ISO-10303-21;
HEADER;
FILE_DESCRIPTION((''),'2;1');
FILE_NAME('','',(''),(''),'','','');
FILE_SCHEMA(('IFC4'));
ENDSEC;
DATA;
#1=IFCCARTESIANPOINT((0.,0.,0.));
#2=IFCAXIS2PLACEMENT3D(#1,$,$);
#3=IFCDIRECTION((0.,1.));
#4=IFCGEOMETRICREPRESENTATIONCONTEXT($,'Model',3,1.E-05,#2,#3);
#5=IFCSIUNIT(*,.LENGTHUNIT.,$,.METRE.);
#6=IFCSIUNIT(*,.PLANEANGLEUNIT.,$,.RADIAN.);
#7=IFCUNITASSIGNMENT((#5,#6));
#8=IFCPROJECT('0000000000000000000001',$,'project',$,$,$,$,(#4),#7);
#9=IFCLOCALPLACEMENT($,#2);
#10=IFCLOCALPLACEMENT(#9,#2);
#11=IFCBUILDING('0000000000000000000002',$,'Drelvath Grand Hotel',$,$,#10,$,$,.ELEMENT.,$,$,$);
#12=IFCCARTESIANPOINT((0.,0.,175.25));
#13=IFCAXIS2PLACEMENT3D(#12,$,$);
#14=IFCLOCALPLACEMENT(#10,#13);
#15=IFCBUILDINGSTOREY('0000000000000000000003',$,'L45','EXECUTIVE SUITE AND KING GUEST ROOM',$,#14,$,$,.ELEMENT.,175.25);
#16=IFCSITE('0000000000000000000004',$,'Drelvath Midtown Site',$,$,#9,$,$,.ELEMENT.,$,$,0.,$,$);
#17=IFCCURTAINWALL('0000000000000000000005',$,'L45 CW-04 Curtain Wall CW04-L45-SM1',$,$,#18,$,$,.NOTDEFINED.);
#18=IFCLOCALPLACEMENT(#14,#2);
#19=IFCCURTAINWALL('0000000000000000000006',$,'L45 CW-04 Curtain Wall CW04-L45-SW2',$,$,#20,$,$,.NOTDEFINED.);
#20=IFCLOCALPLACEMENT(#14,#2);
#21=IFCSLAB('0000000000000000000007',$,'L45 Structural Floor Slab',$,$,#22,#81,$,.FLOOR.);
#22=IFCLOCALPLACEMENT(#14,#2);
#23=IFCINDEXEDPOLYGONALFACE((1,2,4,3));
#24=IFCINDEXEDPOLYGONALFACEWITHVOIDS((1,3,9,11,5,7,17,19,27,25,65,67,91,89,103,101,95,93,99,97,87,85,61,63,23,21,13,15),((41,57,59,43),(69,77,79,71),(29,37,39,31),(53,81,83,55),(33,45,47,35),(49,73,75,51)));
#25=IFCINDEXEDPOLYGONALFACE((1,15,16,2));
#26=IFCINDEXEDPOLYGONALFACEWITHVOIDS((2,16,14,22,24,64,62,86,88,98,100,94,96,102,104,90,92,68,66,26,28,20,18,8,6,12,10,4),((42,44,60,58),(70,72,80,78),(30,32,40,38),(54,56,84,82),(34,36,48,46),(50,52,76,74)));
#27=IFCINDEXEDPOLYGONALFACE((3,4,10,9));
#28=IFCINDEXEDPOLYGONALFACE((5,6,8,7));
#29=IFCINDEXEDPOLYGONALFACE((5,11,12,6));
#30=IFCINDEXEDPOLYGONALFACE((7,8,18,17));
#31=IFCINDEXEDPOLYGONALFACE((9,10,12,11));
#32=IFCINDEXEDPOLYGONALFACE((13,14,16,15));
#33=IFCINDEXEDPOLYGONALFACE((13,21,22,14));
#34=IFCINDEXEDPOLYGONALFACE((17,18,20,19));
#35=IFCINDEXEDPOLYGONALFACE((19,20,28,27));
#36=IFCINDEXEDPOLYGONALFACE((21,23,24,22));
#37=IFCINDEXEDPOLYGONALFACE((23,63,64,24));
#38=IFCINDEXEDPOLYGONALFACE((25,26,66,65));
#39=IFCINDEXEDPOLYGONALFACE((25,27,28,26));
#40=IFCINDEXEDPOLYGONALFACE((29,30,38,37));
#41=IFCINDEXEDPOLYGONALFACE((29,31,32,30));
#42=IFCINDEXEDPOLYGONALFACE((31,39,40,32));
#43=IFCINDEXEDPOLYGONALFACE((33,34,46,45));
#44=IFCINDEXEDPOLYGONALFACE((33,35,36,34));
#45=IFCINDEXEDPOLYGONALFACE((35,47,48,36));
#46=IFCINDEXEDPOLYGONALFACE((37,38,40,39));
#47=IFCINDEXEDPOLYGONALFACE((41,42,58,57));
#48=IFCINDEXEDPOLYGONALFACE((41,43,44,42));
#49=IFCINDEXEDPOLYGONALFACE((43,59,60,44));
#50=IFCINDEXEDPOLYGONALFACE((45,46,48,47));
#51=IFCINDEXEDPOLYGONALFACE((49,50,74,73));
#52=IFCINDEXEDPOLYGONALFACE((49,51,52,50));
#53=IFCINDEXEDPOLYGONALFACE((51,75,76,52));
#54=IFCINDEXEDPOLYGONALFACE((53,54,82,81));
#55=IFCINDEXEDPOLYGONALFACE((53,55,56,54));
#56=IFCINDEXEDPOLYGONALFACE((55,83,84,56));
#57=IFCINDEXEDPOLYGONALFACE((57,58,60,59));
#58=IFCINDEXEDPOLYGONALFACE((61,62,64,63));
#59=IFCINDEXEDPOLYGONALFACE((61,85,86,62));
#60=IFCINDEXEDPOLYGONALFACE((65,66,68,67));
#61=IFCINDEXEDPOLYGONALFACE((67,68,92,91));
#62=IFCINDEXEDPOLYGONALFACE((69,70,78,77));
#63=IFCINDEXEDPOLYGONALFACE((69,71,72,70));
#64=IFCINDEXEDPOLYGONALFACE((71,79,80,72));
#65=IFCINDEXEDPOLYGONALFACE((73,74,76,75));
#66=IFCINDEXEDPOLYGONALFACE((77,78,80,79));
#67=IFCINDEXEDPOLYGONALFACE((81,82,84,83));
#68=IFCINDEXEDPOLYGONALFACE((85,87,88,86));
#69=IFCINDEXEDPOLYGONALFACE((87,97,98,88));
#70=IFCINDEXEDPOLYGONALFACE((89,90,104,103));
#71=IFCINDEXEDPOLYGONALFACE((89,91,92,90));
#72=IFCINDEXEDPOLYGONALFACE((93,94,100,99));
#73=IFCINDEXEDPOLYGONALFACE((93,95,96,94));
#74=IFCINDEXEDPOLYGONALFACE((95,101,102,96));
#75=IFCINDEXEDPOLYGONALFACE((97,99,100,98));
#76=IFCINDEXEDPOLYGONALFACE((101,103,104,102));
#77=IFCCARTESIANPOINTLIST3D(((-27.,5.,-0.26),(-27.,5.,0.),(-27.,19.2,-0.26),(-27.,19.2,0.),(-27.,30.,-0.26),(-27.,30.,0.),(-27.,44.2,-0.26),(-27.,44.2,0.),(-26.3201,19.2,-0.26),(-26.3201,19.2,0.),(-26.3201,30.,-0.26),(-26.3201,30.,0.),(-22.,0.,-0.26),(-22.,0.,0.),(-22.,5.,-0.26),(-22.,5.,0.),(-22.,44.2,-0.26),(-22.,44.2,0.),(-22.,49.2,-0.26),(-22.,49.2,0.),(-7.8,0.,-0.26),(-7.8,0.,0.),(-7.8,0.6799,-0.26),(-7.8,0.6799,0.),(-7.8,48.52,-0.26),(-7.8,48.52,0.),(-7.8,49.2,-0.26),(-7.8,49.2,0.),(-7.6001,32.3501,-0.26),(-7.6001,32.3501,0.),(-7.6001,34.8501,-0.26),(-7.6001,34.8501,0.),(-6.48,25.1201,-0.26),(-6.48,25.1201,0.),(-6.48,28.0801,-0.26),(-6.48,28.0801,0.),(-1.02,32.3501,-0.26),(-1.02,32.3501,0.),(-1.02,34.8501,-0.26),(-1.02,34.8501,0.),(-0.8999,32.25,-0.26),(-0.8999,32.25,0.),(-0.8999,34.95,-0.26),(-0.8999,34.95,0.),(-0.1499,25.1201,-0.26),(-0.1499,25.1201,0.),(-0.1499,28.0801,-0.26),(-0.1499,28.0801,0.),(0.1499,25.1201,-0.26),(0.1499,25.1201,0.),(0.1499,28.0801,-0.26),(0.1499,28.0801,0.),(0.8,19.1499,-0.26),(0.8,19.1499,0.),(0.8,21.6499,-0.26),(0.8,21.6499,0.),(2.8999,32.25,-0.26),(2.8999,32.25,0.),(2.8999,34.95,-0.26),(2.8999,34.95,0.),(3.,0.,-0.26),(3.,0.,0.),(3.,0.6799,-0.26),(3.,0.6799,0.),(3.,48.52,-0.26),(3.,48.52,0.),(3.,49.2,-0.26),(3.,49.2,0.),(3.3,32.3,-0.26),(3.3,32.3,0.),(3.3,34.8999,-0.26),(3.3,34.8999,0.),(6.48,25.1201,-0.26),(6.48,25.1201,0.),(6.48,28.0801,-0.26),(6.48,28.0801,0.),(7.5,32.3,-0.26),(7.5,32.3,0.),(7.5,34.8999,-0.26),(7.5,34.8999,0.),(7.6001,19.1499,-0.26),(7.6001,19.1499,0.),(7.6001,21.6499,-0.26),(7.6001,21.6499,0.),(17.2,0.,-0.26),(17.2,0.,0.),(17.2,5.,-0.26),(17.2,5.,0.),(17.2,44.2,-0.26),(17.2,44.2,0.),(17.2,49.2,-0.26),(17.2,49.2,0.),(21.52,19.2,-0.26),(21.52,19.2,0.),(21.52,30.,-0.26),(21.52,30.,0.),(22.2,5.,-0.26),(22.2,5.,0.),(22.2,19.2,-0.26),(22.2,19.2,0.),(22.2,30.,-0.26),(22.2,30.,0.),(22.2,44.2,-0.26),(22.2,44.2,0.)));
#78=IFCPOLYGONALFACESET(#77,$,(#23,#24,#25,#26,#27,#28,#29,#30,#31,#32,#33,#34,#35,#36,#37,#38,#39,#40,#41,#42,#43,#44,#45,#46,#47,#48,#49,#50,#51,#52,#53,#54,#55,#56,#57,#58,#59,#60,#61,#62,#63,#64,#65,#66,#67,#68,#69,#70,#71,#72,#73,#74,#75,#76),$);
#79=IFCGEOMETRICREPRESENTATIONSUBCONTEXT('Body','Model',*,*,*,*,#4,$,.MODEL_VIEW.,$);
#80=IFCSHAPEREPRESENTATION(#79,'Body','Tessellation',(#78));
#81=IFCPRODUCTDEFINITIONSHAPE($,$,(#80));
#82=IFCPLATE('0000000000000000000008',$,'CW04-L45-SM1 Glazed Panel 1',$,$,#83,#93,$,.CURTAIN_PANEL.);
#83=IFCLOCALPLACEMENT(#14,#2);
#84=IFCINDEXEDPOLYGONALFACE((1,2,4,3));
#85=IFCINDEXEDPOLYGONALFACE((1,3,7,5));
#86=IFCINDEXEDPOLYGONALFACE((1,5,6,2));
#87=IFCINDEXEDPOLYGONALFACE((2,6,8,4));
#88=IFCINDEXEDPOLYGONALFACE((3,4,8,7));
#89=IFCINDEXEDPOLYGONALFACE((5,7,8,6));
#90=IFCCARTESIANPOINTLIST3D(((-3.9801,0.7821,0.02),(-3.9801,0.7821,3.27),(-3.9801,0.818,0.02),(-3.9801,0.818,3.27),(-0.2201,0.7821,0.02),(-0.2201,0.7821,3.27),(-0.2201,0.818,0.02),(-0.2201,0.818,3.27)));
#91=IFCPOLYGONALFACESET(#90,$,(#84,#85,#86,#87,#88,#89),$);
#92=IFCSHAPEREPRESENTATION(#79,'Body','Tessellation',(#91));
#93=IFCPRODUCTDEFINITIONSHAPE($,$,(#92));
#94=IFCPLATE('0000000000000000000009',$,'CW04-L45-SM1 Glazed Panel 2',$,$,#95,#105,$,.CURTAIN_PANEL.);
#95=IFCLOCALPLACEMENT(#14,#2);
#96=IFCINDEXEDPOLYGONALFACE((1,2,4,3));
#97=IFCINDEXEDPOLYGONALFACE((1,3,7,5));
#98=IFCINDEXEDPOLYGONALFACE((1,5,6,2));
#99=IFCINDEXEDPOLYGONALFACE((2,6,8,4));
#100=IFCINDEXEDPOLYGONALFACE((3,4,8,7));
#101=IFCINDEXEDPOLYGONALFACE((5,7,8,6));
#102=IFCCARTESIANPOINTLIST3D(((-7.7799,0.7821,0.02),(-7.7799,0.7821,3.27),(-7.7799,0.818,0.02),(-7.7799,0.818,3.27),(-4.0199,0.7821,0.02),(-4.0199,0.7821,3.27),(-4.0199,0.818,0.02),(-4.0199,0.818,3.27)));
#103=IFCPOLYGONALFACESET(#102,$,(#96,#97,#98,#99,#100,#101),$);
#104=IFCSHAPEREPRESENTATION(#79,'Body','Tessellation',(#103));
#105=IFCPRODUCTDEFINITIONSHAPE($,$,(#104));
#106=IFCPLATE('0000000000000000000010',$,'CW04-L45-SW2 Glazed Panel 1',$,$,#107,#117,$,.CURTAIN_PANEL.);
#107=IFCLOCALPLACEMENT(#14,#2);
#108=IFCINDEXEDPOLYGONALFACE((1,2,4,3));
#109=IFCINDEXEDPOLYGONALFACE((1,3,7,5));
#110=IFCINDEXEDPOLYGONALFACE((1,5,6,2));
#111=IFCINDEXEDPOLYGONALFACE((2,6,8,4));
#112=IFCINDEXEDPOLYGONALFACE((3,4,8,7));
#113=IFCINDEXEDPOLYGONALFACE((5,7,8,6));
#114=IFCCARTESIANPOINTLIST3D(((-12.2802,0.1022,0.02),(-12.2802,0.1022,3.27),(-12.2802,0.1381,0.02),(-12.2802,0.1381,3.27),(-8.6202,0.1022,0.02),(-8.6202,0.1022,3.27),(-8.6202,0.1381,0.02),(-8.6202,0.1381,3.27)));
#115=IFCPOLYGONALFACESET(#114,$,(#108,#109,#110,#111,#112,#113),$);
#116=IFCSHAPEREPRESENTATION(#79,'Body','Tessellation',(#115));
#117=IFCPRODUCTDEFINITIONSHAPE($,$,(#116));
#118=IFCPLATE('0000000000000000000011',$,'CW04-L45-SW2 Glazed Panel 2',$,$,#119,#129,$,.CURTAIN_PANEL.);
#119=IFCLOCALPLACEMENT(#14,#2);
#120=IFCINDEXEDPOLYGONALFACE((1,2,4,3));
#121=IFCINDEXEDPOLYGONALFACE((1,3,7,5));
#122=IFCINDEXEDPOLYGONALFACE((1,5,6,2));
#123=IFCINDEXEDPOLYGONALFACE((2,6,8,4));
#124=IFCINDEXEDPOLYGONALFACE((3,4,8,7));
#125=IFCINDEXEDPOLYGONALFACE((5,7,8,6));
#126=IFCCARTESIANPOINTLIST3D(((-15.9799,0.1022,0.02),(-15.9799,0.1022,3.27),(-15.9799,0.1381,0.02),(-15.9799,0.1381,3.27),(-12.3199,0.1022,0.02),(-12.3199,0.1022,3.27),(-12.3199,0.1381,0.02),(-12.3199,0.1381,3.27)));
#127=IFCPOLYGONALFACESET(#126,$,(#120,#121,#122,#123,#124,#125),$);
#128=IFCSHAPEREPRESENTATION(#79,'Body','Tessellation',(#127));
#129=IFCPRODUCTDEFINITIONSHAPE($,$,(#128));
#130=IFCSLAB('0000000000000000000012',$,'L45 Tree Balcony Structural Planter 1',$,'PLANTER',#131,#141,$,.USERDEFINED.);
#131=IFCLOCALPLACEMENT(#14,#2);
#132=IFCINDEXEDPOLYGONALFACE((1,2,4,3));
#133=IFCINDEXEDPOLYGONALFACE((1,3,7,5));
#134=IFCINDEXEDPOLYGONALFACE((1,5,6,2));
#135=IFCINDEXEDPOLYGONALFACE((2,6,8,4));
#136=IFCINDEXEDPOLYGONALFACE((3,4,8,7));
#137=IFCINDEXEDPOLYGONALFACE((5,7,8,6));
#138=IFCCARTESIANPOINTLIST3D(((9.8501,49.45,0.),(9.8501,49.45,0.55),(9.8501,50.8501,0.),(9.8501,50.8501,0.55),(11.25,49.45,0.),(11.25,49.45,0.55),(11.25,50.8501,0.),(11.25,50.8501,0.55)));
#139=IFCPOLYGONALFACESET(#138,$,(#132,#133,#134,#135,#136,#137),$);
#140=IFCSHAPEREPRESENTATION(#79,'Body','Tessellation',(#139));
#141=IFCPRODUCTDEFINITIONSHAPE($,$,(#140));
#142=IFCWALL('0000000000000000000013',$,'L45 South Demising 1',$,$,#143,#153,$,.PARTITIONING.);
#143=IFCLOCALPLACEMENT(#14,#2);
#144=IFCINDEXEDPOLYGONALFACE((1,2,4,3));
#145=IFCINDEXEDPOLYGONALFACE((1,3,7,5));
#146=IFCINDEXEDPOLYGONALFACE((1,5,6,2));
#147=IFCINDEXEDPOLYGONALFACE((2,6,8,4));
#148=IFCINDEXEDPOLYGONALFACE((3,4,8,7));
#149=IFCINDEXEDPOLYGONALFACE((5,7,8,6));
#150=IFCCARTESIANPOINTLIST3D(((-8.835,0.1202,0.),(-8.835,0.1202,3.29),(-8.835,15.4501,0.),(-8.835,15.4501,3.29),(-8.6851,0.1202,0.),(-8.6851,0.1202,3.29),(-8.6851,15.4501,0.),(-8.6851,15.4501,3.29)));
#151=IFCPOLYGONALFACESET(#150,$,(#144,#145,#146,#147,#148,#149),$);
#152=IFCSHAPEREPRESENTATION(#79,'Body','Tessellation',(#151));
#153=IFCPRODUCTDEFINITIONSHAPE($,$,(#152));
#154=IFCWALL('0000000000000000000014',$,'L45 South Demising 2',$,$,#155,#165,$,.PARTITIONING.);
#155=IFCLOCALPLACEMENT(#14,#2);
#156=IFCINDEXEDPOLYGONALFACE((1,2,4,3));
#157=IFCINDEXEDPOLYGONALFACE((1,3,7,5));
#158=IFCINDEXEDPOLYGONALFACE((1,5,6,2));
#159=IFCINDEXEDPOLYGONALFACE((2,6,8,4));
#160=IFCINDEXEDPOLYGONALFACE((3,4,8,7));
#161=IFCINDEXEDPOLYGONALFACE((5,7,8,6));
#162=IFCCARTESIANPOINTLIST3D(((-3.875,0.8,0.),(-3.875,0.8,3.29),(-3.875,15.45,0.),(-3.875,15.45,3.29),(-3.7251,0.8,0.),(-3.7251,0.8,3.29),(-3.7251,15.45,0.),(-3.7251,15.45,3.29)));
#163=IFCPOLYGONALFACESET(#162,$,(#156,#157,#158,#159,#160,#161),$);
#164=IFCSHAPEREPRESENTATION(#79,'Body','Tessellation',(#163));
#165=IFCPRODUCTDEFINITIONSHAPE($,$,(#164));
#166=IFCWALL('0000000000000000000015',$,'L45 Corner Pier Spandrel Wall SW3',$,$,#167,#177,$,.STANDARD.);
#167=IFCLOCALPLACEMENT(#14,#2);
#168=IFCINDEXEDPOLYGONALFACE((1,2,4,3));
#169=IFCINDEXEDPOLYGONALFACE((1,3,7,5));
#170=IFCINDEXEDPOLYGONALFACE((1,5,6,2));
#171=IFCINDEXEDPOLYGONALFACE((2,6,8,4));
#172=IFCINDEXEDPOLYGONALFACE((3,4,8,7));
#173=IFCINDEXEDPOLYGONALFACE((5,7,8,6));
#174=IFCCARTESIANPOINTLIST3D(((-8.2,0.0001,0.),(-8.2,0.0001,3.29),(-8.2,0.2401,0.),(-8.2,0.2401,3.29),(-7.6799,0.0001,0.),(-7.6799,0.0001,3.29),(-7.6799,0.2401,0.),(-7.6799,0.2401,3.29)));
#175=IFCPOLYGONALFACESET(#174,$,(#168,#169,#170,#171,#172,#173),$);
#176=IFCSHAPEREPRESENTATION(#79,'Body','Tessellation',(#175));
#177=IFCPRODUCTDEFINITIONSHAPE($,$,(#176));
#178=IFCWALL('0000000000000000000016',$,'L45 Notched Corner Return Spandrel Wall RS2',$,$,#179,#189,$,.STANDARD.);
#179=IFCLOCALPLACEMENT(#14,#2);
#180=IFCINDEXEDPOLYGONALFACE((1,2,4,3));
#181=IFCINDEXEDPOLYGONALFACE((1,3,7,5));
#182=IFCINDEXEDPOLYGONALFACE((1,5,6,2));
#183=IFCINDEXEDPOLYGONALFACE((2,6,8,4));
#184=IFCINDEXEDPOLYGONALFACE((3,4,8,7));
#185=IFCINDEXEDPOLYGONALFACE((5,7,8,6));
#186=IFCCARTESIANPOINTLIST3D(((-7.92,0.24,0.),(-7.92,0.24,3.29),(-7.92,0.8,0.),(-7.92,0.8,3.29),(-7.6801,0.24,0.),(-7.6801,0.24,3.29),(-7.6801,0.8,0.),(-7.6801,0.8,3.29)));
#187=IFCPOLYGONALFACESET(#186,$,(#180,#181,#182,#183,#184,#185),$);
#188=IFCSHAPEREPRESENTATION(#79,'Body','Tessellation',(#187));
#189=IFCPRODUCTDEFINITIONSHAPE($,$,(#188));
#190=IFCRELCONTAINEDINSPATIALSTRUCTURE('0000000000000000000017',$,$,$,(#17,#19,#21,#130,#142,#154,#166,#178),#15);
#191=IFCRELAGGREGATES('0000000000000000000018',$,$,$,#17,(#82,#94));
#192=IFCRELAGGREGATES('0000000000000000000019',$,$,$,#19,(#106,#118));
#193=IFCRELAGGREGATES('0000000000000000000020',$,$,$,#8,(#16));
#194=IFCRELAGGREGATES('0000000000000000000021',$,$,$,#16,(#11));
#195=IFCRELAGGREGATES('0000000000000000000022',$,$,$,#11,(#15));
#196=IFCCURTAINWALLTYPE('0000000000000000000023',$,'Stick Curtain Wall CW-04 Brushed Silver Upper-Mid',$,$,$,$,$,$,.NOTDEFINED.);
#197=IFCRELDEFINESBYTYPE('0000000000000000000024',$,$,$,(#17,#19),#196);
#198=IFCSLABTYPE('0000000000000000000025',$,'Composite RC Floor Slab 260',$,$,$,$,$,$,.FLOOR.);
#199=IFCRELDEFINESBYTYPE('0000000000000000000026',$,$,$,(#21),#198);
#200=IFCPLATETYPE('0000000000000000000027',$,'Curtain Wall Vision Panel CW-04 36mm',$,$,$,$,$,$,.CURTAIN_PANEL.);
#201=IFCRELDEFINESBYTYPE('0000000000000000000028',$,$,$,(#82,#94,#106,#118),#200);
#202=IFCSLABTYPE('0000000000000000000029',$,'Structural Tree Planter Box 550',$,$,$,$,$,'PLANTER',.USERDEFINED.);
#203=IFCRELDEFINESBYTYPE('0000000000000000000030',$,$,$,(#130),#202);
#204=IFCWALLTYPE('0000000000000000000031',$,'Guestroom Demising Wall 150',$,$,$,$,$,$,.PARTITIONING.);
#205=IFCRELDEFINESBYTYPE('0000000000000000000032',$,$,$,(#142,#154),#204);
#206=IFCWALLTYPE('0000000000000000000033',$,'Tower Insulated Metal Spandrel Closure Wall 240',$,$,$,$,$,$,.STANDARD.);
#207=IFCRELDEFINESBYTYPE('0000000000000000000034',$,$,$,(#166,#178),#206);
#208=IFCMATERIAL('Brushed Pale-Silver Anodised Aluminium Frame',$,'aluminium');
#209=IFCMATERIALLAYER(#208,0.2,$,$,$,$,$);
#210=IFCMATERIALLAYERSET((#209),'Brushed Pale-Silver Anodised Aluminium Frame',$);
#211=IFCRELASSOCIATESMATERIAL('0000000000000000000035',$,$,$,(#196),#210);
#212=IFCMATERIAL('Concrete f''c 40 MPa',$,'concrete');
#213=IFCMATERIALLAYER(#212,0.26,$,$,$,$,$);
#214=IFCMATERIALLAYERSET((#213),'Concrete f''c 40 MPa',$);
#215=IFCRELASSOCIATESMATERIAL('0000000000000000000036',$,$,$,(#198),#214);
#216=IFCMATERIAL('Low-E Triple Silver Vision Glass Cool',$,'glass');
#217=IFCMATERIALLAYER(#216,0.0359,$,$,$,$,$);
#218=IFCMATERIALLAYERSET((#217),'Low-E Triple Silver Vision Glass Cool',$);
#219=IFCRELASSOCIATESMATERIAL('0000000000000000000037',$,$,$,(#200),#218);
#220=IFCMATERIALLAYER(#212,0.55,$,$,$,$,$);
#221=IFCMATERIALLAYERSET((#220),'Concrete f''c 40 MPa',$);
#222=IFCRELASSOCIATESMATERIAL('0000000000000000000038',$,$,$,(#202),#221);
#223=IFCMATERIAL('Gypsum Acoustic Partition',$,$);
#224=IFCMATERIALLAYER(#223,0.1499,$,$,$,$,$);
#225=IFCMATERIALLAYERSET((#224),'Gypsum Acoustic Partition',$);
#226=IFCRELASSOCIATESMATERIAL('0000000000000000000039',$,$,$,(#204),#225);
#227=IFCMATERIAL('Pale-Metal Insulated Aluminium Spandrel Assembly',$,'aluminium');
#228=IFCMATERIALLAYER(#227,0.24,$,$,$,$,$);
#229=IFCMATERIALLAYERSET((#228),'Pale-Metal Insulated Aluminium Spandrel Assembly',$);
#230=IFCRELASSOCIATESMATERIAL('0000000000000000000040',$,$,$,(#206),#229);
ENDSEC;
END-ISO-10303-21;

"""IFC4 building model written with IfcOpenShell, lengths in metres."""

from ifc_helpers import new_model, si_unit, direction, frame, frame_2d, origin, origin_2d, place, context, subcontext, project, spatial, polyline, rectangle, outline, extrude, material, layer, layer_set, type_object, element, aggregate, save


model = new_model("IFC4")

# Units and contexts
model_context = context("Model", 3, precision=1e-05, world=origin(), true_north=direction((0.0, 1.0)))
body_context = subcontext(model_context, "Body", "Model", "MODEL_VIEW")
ifc_project = project(units=[si_unit("LENGTHUNIT", "METRE"), si_unit("PLANEANGLEUNIT", "RADIAN")], contexts=[model_context])

# Site, building, storey
site_placement = place(None, origin())
site = spatial("IfcSite", under=ifc_project, at=site_placement, Name="Drelvath Midtown Site", CompositionType="ELEMENT", RefElevation=0.0)
building_placement = place(site_placement, origin())
building = spatial("IfcBuilding", under=site, at=building_placement, Name="Drelvath Grand Hotel", CompositionType="ELEMENT")
storey_placement = place(building_placement, frame((0.0, 0.0, 175.25)))
storey = spatial("IfcBuildingStorey", under=building, at=storey_placement, Name="L45", Description="EXECUTIVE SUITE AND KING GUEST ROOM", CompositionType="ELEMENT", Elevation=175.25)

# Curtain walls
ifc_material_1 = material(Name="Brushed Pale-Silver Anodised Aluminium Frame", Category="aluminium")
ifc_layer_1 = layer(ifc_material_1, 0.2)
ifc_layer_set_1 = layer_set([ifc_layer_1], Name="Brushed Pale-Silver Anodised Aluminium Frame")
curtain_wall_type = type_object("IfcCurtainWallType", Name="Stick Curtain Wall CW-04 Brushed Silver Upper-Mid", PredefinedType="NOTDEFINED", material=ifc_layer_set_1)
curtain_wall_1_placement = place(storey_placement, origin())
curtain_wall_1 = element("IfcCurtainWall", 1, at=curtain_wall_1_placement, inside=storey, type_object=curtain_wall_type, Name="L45 CW-04 Curtain Wall CW04-L45-SM1", PredefinedType="NOTDEFINED")
curtain_wall_2_placement = place(storey_placement, origin())
curtain_wall_2 = element("IfcCurtainWall", 2, at=curtain_wall_2_placement, inside=storey, type_object=curtain_wall_type, Name="L45 CW-04 Curtain Wall CW04-L45-SW2", PredefinedType="NOTDEFINED")

# Slab
ifc_material_2 = material(Name="Concrete f'c 40 MPa", Category="concrete")
ifc_layer_2 = layer(ifc_material_2, 0.26)
ifc_layer_set_2 = layer_set([ifc_layer_2], Name="Concrete f'c 40 MPa")
slab_type_1 = type_object("IfcSlabType", Name="Composite RC Floor Slab 260", PredefinedType="FLOOR", material=ifc_layer_set_2)
slab_1_placement = place(storey_placement, frame((0.0, 0.0, -0.26)))
element("IfcSlab", 3, at=slab_1_placement, inside=storey, type_object=slab_type_1, Name="L45 Structural Floor Slab", PredefinedType="FLOOR", context=body_context, shape_type="SweptSolid", body=[
    extrude(outline(polyline([(-22.0, 0.0), (-7.8, 0.0), (-7.8, 0.6799), (3.0, 0.6799), (3.0, 0.0), (17.2, 0.0), (17.2, 5.0), (22.2, 5.0), (22.2, 19.2), (21.52, 19.2), (21.52, 30.0), (22.2, 30.0), (22.2, 44.2), (17.2, 44.2), (17.2, 49.2), (3.0, 49.2), (3.0, 48.52), (-7.8, 48.52), (-7.8, 49.2), (-22.0, 49.2), (-22.0, 44.2), (-27.0, 44.2), (-27.0, 30.0), (-26.3201, 30.0), (-26.3201, 19.2), (-27.0, 19.2), (-27.0, 5.0), (-22.0, 5.0), (-22.0, 0.0)]), holes=[polyline([(-6.48, 25.1201), (-6.48, 28.0801), (-0.1499, 28.0801), (-0.1499, 25.1201), (-6.48, 25.1201)]), polyline([(0.1499, 25.1201), (0.1499, 28.0801), (6.48, 28.0801), (6.48, 25.1201), (0.1499, 25.1201)]), polyline([(0.8, 19.1499), (0.8, 21.6499), (7.6001, 21.6499), (7.6001, 19.1499), (0.8, 19.1499)]), polyline([(-7.6001, 32.3501), (-7.6001, 34.8501), (-1.02, 34.8501), (-1.02, 32.3501), (-7.6001, 32.3501)]), polyline([(-0.8999, 32.25), (-0.8999, 34.95), (2.8999, 34.95), (2.8999, 32.25), (-0.8999, 32.25)]), polyline([(3.3, 32.3), (3.3, 34.8999), (7.5, 34.8999), (7.5, 32.3), (3.3, 32.3)])]), origin(), (0.0, 0.0, 1.0), 0.26),
])

# Plates
ifc_material_3 = material(Name="Low-E Triple Silver Vision Glass Cool", Category="glass")
ifc_layer_3 = layer(ifc_material_3, 0.0359)
ifc_layer_set_3 = layer_set([ifc_layer_3], Name="Low-E Triple Silver Vision Glass Cool")
plate_type = type_object("IfcPlateType", Name="Curtain Wall Vision Panel CW-04 36mm", PredefinedType="CURTAIN_PANEL", material=ifc_layer_set_3)
plate_1_placement = place(storey_placement, frame((-2.1001, 0.8, 0.02), z_axis=(0.0, 0.0, 1.0), x_axis=(-1.0, 0.0, 0.0)))
plate_1 = element("IfcPlate", 4, at=plate_1_placement, type_object=plate_type, Name="CW04-L45-SM1 Glazed Panel 1", PredefinedType="CURTAIN_PANEL", context=body_context, shape_type="SweptSolid", body=[
    extrude(rectangle(XDim=3.76, YDim=0.0359, at=origin_2d()), origin(), (0.0, 0.0, 1.0), 3.25),
])
plate_2_placement = place(storey_placement, frame((-5.8999, 0.8, 0.02), z_axis=(0.0, 0.0, 1.0), x_axis=(-1.0, 0.0, 0.0)))
plate_2 = element("IfcPlate", 5, at=plate_2_placement, type_object=plate_type, Name="CW04-L45-SM1 Glazed Panel 2", PredefinedType="CURTAIN_PANEL", context=body_context, shape_type="SweptSolid", body=[
    extrude(rectangle(XDim=3.76, YDim=0.0359, at=origin_2d()), origin(), (0.0, 0.0, 1.0), 3.25),
])
aggregate(curtain_wall_1, [plate_1, plate_2])
plate_3_placement = place(storey_placement, frame((-10.4502, 0.1201, 0.02), z_axis=(0.0, 0.0, 1.0), x_axis=(-1.0, 0.0, 0.0)))
plate_3 = element("IfcPlate", 6, at=plate_3_placement, type_object=plate_type, Name="CW04-L45-SW2 Glazed Panel 1", PredefinedType="CURTAIN_PANEL", context=body_context, shape_type="SweptSolid", body=[
    extrude(rectangle(XDim=3.6599, YDim=0.0359, at=origin_2d()), origin(), (0.0, 0.0, 1.0), 3.25),
])
plate_4_placement = place(storey_placement, frame((-14.1499, 0.1201, 0.02), z_axis=(0.0, 0.0, 1.0), x_axis=(-1.0, 0.0, 0.0)))
plate_4 = element("IfcPlate", 7, at=plate_4_placement, type_object=plate_type, Name="CW04-L45-SW2 Glazed Panel 2", PredefinedType="CURTAIN_PANEL", context=body_context, shape_type="SweptSolid", body=[
    extrude(rectangle(XDim=3.6599, YDim=0.0359, at=origin_2d()), origin(), (0.0, 0.0, 1.0), 3.25),
])
aggregate(curtain_wall_2, [plate_3, plate_4])

# Slab
ifc_layer_4 = layer(ifc_material_2, 0.55)
ifc_layer_set_4 = layer_set([ifc_layer_4], Name="Concrete f'c 40 MPa")
slab_type_2 = type_object("IfcSlabType", Name="Structural Tree Planter Box 550", ElementType="PLANTER", PredefinedType="USERDEFINED", material=ifc_layer_set_4)
slab_2_placement = place(storey_placement, origin())
element("IfcSlab", 8, at=slab_2_placement, inside=storey, type_object=slab_type_2, Name="L45 Tree Balcony Structural Planter 1", ObjectType="PLANTER", PredefinedType="USERDEFINED", context=body_context, shape_type="SweptSolid", body=[
    extrude(outline(polyline([(9.8501, 49.45), (11.25, 49.45), (11.25, 50.8501), (9.8501, 50.8501), (9.8501, 49.45)])), origin(), (0.0, 0.0, 1.0), 0.55),
])

# Walls
ifc_material_4 = material(Name="Gypsum Acoustic Partition")
ifc_layer_5 = layer(ifc_material_4, 0.1499)
ifc_layer_set_5 = layer_set([ifc_layer_5], Name="Gypsum Acoustic Partition")
wall_type_1 = type_object("IfcWallType", Name="Guestroom Demising Wall 150", PredefinedType="PARTITIONING", material=ifc_layer_set_5)
wall_1_placement = place(storey_placement, frame((-8.76, 0.1201, 0.0), z_axis=(0.0, 0.0, 1.0), x_axis=(0.0, 1.0, 0.0)))
element("IfcWall", 9, at=wall_1_placement, inside=storey, type_object=wall_type_1, Name="L45 South Demising 1", PredefinedType="PARTITIONING", context=body_context, shape_type="SweptSolid", body=[
    extrude(rectangle(XDim=15.3298, YDim=0.1499, at=frame_2d((7.665, 0.0))), origin(), (0.0, 0.0, 1.0), 3.29),
])
wall_2_placement = place(storey_placement, frame((-3.8, 0.8, 0.0), z_axis=(0.0, 0.0, 1.0), x_axis=(0.0, 1.0, 0.0)))
element("IfcWall", 10, at=wall_2_placement, inside=storey, type_object=wall_type_1, Name="L45 South Demising 2", PredefinedType="PARTITIONING", context=body_context, shape_type="SweptSolid", body=[
    extrude(rectangle(XDim=14.6499, YDim=0.1499, at=frame_2d((7.325, 0.0))), origin(), (0.0, 0.0, 1.0), 3.29),
])
ifc_material_5 = material(Name="Pale-Metal Insulated Aluminium Spandrel Assembly", Category="aluminium")
ifc_layer_6 = layer(ifc_material_5, 0.24)
ifc_layer_set_6 = layer_set([ifc_layer_6], Name="Pale-Metal Insulated Aluminium Spandrel Assembly")
wall_type_2 = type_object("IfcWallType", Name="Tower Insulated Metal Spandrel Closure Wall 240", PredefinedType="STANDARD", material=ifc_layer_set_6)
wall_3_placement = place(storey_placement, frame((-7.6799, 0.1201, 0.0), z_axis=(0.0, 0.0, 1.0), x_axis=(-1.0, 0.0, 0.0)))
element("IfcWall", 11, at=wall_3_placement, inside=storey, type_object=wall_type_2, Name="L45 Corner Pier Spandrel Wall SW3", PredefinedType="STANDARD", context=body_context, shape_type="SweptSolid", body=[
    extrude(rectangle(XDim=0.52, YDim=0.24, at=frame_2d((0.26, 0.0))), origin(), (0.0, 0.0, 1.0), 3.29),
])
wall_4_placement = place(storey_placement, frame((-7.8, 0.8, 0.0), z_axis=(0.0, 0.0, 1.0), x_axis=(0.0, -1.0, 0.0)))
element("IfcWall", 12, at=wall_4_placement, inside=storey, type_object=wall_type_2, Name="L45 Notched Corner Return Spandrel Wall RS2", PredefinedType="STANDARD", context=body_context, shape_type="SweptSolid", body=[
    extrude(rectangle(XDim=0.5601, YDim=0.24, at=frame_2d((0.28, 0.0))), origin(), (0.0, 0.0, 1.0), 3.29),
])

save(model, "model.ifc")
